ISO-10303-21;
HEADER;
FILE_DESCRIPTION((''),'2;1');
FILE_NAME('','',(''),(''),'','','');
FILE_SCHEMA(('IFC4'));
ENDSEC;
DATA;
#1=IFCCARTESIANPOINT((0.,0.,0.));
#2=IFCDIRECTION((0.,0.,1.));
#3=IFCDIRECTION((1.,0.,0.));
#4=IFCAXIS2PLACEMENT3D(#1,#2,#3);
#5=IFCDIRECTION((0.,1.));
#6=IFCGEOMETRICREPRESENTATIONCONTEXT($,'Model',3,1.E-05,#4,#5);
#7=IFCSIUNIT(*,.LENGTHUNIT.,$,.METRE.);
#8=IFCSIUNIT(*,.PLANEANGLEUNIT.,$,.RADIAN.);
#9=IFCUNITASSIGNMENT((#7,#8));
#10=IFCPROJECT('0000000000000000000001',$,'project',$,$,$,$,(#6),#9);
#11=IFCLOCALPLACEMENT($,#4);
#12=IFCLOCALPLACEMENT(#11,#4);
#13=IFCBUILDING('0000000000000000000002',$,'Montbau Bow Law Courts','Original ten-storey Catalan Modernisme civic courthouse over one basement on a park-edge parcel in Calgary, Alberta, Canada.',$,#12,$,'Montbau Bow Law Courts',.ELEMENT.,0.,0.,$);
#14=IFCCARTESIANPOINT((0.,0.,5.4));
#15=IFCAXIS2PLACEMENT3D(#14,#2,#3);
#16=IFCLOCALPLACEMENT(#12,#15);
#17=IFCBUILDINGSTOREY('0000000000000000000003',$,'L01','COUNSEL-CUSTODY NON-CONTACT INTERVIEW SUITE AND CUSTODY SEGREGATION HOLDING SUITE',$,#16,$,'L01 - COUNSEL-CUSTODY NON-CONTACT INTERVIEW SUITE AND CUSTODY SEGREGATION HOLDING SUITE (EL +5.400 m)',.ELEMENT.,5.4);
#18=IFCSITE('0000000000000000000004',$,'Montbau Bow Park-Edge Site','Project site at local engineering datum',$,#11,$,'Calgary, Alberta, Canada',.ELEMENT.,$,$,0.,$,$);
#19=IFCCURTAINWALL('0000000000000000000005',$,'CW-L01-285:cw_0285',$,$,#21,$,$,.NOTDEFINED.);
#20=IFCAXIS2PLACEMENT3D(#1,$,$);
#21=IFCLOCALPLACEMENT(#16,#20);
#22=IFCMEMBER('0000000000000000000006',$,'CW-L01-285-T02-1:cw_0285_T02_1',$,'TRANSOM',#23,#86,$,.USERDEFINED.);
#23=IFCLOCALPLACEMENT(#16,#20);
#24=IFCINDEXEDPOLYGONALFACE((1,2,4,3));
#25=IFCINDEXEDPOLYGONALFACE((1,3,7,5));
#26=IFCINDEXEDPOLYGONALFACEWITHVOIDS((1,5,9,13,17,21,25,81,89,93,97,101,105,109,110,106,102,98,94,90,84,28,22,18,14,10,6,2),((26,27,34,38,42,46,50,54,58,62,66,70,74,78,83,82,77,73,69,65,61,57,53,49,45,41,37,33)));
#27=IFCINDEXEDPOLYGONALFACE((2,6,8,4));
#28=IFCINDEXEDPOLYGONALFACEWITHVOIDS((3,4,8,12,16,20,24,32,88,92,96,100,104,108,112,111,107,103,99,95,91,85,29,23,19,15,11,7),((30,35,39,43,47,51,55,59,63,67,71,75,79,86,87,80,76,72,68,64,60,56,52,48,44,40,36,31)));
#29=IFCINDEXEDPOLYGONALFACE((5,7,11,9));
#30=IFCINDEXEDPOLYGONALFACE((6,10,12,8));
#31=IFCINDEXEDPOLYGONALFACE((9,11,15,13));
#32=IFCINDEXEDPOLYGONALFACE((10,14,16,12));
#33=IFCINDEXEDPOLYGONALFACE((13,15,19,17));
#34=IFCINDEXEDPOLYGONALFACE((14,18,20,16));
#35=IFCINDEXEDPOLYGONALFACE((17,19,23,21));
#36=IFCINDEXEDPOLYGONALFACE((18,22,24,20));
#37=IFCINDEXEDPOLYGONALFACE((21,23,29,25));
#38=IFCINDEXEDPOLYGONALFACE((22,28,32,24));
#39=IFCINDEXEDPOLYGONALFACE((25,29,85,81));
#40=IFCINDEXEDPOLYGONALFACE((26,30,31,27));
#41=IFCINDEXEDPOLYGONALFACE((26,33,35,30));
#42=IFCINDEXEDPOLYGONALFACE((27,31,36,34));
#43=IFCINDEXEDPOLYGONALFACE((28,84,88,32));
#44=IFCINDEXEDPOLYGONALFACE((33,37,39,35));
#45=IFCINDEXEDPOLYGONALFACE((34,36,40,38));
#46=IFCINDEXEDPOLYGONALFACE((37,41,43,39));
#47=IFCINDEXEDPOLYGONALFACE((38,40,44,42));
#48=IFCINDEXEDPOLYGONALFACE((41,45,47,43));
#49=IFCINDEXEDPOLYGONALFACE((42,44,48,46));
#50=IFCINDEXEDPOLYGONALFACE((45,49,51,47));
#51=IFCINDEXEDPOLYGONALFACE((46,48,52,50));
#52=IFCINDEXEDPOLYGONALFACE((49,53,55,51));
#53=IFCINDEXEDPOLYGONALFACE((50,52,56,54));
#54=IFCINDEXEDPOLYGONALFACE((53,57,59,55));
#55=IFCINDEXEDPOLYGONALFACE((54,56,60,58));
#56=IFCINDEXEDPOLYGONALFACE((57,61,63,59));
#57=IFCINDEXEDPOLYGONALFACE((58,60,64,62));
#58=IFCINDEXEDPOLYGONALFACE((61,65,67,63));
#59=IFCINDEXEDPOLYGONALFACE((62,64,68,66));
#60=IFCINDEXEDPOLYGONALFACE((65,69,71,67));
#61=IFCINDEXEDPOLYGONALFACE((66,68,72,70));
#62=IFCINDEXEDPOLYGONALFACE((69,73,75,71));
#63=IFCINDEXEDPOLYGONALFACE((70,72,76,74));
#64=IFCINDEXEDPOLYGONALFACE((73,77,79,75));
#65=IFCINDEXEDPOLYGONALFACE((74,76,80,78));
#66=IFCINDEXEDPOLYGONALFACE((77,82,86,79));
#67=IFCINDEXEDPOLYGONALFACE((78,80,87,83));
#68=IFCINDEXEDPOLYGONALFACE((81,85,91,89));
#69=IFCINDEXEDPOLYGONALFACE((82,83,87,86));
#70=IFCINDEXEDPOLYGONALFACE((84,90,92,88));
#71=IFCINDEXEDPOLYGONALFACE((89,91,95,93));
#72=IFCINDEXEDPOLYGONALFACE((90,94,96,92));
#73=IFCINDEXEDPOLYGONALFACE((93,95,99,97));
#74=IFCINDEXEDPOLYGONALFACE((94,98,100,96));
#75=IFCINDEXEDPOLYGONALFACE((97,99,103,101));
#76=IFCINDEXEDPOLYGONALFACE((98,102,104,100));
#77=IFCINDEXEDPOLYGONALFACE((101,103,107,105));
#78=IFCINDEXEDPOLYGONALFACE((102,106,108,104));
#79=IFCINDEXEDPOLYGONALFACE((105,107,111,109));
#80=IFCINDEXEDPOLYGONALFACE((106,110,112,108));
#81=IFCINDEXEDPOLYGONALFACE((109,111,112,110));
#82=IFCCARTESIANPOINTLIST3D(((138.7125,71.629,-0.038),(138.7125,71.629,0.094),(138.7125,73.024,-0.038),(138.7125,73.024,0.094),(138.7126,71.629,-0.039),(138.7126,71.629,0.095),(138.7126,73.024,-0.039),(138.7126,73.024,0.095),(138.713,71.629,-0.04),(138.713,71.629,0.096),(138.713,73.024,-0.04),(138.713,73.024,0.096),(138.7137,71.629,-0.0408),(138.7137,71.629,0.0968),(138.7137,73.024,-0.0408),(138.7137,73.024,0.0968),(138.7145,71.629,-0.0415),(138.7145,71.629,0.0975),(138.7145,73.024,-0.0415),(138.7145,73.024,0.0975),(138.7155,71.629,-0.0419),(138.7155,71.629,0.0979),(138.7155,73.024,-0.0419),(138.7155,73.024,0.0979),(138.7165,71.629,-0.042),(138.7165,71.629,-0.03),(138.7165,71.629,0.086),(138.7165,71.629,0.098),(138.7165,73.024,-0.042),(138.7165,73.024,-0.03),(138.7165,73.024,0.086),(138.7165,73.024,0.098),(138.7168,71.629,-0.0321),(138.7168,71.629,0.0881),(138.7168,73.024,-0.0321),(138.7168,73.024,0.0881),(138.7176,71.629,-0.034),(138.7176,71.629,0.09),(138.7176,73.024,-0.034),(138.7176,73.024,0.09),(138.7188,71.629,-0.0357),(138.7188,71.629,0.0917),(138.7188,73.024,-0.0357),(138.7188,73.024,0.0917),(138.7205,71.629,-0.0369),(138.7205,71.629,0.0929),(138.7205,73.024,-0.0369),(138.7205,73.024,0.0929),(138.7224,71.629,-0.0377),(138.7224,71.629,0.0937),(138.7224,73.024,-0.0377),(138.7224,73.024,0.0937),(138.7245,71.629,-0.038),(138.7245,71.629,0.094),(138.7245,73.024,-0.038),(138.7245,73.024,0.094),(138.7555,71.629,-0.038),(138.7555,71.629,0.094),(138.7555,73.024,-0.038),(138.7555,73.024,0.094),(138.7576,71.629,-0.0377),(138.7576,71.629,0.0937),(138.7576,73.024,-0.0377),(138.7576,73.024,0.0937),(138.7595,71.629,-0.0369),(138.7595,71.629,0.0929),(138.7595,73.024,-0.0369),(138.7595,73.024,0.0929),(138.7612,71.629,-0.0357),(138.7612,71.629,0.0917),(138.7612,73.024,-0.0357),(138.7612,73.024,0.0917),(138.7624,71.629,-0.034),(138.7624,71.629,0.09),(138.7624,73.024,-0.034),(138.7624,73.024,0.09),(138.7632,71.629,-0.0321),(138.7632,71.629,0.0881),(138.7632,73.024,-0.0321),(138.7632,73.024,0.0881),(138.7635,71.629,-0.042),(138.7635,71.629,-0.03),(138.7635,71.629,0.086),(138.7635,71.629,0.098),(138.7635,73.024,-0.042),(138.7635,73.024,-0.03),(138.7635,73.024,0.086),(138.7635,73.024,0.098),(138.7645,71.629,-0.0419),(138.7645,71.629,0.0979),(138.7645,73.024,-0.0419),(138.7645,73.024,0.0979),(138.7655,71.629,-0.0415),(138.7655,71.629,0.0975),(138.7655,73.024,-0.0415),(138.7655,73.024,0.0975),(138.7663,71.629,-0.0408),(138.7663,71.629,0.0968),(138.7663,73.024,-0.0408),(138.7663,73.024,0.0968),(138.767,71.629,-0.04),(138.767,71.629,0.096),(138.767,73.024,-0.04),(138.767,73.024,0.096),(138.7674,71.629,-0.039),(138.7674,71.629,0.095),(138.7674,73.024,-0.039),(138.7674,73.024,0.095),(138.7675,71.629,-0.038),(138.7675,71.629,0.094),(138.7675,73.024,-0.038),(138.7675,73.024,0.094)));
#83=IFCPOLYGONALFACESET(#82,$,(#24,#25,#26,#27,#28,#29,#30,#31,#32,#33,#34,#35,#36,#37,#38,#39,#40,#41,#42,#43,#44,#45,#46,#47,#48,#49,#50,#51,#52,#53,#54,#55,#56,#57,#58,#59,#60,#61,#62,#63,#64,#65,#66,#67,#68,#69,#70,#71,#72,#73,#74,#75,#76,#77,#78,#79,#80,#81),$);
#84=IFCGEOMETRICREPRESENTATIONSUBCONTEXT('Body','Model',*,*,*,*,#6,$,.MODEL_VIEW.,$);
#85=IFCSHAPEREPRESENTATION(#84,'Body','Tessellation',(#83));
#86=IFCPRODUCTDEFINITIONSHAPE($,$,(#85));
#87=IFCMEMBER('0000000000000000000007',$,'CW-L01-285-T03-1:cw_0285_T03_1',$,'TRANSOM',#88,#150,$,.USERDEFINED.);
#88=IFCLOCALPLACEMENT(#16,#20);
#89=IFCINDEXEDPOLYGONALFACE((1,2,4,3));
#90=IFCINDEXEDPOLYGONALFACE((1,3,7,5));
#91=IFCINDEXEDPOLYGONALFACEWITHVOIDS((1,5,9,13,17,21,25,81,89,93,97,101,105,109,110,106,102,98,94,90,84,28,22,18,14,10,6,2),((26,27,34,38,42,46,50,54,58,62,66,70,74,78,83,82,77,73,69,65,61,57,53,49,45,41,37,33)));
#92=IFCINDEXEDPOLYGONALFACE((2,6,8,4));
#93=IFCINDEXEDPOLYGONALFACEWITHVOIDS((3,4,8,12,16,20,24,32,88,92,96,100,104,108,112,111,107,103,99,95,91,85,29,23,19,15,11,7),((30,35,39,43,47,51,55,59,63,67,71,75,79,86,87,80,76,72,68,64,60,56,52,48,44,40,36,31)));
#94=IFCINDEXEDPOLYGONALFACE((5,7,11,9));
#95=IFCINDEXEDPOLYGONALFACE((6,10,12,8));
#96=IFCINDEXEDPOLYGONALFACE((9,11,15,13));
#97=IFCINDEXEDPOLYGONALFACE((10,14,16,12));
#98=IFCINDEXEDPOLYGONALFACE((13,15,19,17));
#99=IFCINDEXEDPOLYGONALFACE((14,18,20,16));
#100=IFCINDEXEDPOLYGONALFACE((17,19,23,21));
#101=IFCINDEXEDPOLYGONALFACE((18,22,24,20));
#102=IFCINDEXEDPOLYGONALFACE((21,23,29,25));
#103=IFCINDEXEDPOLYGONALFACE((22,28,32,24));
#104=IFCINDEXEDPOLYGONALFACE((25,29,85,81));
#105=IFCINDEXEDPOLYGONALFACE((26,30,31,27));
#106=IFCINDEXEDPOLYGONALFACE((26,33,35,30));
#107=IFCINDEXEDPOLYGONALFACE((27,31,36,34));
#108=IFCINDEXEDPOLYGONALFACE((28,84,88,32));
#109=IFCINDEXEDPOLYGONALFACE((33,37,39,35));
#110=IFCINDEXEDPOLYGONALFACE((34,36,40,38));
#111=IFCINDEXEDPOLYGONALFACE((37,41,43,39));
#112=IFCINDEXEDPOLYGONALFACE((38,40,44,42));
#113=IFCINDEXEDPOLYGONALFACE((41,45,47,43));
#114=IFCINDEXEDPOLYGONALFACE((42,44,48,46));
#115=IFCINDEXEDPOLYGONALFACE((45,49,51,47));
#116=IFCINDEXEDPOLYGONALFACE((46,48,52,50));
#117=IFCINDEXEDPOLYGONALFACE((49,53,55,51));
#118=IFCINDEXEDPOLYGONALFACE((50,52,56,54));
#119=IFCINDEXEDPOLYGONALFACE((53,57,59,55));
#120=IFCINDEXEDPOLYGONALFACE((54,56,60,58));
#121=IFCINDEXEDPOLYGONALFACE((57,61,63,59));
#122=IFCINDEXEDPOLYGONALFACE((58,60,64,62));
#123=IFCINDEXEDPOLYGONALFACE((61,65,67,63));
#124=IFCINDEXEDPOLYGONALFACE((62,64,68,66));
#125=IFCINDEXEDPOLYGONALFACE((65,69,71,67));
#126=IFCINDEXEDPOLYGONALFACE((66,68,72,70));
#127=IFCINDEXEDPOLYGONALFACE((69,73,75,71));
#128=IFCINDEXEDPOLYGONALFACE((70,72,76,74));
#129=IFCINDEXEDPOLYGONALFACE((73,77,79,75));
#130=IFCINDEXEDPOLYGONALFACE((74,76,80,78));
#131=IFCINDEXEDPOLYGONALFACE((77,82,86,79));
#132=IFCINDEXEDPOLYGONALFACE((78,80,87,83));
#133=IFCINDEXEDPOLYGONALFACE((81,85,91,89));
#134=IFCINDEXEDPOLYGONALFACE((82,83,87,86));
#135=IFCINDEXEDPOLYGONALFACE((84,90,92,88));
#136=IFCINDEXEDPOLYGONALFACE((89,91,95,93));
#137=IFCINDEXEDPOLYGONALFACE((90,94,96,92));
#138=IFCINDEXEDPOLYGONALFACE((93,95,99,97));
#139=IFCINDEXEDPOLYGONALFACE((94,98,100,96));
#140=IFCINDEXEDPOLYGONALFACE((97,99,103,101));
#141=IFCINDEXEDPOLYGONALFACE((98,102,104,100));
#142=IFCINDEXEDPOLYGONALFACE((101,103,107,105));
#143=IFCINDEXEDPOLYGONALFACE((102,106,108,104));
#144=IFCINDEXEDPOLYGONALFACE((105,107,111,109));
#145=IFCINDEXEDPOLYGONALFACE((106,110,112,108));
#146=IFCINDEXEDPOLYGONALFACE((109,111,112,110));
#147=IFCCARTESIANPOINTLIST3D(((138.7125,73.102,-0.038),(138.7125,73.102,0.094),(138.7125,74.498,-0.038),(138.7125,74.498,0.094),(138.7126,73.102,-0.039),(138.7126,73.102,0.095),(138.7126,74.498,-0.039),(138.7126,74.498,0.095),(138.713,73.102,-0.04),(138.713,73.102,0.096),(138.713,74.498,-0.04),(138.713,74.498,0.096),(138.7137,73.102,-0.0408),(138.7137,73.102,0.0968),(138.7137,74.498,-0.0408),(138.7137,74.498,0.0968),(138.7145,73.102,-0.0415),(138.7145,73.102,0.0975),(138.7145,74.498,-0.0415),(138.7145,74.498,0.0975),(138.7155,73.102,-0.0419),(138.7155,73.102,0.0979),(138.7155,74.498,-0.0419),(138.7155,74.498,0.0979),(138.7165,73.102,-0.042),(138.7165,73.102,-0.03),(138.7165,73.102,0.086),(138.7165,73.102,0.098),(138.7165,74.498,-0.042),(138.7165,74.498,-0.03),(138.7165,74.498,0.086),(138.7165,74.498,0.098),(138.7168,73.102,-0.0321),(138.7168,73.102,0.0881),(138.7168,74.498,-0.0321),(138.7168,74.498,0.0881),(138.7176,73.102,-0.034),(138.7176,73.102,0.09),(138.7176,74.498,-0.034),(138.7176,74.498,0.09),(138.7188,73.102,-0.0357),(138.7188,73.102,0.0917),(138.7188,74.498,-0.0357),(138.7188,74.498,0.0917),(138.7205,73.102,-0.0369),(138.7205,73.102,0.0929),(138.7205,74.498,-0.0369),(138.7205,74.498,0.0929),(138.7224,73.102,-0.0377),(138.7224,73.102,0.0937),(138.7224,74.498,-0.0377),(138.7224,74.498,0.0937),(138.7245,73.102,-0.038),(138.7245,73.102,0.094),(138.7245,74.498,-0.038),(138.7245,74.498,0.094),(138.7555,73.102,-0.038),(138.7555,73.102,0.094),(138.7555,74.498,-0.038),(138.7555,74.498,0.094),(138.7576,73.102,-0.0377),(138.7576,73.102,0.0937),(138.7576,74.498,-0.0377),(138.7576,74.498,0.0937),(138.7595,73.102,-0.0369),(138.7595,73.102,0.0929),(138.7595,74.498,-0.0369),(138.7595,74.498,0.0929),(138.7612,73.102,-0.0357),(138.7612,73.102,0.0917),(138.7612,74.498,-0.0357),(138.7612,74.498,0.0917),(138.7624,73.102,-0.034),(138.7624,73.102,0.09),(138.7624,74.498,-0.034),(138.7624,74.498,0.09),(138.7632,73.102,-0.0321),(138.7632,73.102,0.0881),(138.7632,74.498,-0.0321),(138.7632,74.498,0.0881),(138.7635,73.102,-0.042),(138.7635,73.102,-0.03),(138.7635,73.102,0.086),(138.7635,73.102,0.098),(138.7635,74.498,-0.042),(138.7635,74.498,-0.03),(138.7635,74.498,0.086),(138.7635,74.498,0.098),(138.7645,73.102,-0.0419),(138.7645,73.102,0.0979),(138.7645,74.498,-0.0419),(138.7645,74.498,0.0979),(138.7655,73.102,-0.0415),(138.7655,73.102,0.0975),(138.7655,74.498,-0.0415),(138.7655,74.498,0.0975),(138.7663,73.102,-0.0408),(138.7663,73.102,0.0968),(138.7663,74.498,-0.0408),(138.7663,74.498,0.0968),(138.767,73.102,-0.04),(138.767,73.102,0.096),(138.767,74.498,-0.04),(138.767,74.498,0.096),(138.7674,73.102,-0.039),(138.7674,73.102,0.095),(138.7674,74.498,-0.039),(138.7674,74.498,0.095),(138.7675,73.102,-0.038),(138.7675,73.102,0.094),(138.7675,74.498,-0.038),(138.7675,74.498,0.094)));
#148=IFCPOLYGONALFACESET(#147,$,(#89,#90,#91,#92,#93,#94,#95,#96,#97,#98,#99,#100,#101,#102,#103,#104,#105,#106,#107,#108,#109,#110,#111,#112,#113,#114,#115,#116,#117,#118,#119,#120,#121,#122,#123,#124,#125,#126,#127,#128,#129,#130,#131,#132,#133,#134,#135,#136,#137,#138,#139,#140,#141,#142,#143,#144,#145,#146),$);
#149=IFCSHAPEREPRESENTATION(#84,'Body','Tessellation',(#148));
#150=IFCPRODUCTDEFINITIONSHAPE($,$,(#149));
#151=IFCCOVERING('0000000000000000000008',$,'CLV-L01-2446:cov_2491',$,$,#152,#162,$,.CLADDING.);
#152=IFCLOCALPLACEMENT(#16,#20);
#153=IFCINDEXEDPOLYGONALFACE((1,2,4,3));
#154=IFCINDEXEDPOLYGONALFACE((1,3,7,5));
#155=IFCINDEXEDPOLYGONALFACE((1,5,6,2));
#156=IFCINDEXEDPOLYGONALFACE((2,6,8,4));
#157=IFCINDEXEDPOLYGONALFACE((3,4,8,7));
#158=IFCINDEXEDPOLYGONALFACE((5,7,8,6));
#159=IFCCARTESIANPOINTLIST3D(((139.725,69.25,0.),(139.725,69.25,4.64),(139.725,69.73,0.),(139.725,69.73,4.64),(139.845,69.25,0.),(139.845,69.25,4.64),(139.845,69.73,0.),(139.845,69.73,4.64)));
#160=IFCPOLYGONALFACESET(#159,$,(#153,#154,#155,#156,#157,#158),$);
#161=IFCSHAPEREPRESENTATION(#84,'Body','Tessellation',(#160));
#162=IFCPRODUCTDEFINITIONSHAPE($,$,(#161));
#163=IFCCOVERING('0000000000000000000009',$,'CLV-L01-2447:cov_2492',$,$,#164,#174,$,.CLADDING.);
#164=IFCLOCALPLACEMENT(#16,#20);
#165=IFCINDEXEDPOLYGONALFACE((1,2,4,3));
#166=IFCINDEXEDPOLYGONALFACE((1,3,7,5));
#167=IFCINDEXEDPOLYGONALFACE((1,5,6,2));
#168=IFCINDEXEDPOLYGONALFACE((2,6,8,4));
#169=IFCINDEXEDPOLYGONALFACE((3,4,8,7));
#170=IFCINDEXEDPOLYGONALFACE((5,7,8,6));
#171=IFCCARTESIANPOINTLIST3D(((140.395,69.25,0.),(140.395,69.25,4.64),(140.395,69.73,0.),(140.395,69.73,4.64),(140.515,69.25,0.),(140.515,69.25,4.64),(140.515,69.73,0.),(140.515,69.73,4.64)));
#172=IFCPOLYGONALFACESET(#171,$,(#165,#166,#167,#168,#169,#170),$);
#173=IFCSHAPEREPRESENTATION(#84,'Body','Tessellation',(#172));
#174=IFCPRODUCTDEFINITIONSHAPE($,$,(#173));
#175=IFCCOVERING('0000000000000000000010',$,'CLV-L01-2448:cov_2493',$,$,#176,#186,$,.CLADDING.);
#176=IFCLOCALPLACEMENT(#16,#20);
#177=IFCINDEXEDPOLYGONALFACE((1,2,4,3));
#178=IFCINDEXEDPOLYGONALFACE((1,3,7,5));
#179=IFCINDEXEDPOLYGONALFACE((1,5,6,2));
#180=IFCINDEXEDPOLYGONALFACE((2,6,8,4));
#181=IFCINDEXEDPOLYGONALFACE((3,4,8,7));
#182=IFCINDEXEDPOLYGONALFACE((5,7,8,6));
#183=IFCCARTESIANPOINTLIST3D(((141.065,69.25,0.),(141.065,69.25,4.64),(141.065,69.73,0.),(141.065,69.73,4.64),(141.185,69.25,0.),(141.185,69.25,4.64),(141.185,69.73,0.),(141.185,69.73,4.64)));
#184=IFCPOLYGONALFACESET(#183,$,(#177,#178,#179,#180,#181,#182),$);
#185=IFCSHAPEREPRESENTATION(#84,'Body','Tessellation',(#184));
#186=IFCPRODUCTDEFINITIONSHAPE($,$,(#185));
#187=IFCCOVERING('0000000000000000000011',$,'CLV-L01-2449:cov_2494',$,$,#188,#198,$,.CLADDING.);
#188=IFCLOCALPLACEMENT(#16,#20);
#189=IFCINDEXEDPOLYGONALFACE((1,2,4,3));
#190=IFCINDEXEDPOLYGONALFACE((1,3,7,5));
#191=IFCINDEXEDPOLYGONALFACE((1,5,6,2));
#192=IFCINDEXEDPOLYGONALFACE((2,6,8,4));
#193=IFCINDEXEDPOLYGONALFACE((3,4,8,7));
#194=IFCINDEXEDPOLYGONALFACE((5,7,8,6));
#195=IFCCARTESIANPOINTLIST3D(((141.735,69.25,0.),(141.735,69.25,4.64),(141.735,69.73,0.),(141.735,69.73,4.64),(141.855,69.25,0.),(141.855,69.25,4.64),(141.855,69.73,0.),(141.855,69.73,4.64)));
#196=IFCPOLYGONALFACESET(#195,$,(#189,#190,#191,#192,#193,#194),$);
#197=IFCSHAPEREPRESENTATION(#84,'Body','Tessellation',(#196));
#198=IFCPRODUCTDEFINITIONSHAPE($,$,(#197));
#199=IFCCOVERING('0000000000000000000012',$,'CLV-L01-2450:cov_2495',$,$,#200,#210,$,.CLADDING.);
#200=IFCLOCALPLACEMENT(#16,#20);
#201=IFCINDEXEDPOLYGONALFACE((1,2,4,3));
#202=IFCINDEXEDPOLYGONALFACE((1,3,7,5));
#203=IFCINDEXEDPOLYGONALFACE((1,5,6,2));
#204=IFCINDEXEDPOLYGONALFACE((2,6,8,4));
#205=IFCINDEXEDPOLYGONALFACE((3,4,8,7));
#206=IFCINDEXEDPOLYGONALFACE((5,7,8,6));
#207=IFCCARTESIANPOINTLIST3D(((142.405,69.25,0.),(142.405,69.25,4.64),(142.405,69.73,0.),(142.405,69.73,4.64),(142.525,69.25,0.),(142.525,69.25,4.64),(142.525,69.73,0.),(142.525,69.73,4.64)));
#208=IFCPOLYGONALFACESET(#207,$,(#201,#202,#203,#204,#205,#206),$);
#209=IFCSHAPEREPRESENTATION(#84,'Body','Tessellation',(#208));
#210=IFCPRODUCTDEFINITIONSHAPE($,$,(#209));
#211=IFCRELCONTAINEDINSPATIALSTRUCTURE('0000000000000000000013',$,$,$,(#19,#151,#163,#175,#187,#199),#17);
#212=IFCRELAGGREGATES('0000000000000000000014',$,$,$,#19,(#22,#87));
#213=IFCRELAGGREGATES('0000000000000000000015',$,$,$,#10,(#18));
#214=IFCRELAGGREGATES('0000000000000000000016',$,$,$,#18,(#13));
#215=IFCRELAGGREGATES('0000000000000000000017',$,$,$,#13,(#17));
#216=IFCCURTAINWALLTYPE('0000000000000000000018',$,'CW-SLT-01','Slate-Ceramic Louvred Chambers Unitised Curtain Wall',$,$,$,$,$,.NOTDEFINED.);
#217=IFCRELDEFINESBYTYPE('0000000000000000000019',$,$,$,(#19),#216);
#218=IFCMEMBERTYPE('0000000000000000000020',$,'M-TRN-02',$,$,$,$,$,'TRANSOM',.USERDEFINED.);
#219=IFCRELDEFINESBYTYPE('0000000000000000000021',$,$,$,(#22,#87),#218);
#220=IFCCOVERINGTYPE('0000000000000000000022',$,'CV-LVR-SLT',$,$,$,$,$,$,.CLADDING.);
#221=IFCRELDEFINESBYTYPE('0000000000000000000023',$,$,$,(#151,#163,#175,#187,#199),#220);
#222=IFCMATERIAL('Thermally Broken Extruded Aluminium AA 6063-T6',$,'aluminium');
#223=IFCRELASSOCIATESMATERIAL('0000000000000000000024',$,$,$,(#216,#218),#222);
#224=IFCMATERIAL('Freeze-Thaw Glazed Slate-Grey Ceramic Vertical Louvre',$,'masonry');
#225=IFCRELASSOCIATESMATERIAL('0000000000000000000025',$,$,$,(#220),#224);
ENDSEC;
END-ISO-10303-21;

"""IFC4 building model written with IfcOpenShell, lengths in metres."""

from ifc_helpers import new_model, si_unit, direction, frame, frame_2d, origin_with_axes, origin_2d_with_axis, place, context, subcontext, project, spatial, rectangle, hollow_rectangle, extrude, material, material_profile, profile_set, type_object, element, aggregate, save


model = new_model("IFC4")

# Units and contexts
model_context = context("Model", 3, precision=1e-05, world=origin_with_axes(), true_north=direction((0.0, 1.0)))
body_context = subcontext(model_context, "Body", "Model", "MODEL_VIEW")
ifc_project = project(units=[si_unit("LENGTHUNIT", "METRE"), si_unit("PLANEANGLEUNIT", "RADIAN")], contexts=[model_context])

# Site, building, storey
site_placement = place(None, origin_with_axes())
site = spatial("IfcSite", under=ifc_project, at=site_placement, Name="Montbau Bow Park-Edge Site", Description="Project site at local engineering datum", LongName="Calgary, Alberta, Canada", CompositionType="ELEMENT", RefElevation=0.0)
building_placement = place(site_placement, origin_with_axes())
building = spatial("IfcBuilding", under=site, at=building_placement, Name="Montbau Bow Law Courts", Description="Original ten-storey Catalan Modernisme civic courthouse over one basement on a park-edge parcel in Calgary, Alberta, Canada.", LongName="Montbau Bow Law Courts", CompositionType="ELEMENT", ElevationOfRefHeight=0.0, ElevationOfTerrain=0.0)
storey_placement = place(building_placement, frame((0.0, 0.0, 5.4), z_axis=(0.0, 0.0, 1.0), x_axis=(1.0, 0.0, 0.0)))
storey = spatial("IfcBuildingStorey", under=building, at=storey_placement, Name="L01", Description="COUNSEL-CUSTODY NON-CONTACT INTERVIEW SUITE AND CUSTODY SEGREGATION HOLDING SUITE", LongName="L01 - COUNSEL-CUSTODY NON-CONTACT INTERVIEW SUITE AND CUSTODY SEGREGATION HOLDING SUITE (EL +5.400 m)", CompositionType="ELEMENT", Elevation=5.4)

# Curtain wall
ifc_material_1 = material(Name="Thermally Broken Extruded Aluminium AA 6063-T6", Category="aluminium")
curtain_wall_type = type_object("IfcCurtainWallType", Name="CW-SLT-01", Description="Slate-Ceramic Louvred Chambers Unitised Curtain Wall", PredefinedType="NOTDEFINED", material=ifc_material_1)
curtain_wall_1_placement = place(None, frame((138.74, 70.115, 5.4), z_axis=(0.0, 0.0, 1.0), x_axis=(1.0, 0.0, 0.0)))
curtain_wall_1 = element("IfcCurtainWall", 1, at=curtain_wall_1_placement, inside=storey, type_object=curtain_wall_type, Name="CW-L01-285:cw_0285", PredefinedType="NOTDEFINED")
ifc_material_profile_1 = material_profile(ifc_material_1, hollow_rectangle(XDim=0.055, YDim=0.14, WallThickness=0.004, InnerFilletRadius=0.008, OuterFilletRadius=0.004, at=origin_2d_with_axis()), Name="CWT-140X55", Category="Main", Priority=0)
ifc_profile_set_1 = profile_set([ifc_material_profile_1], Name="Thermally Broken Extruded Aluminium AA 6063-T6")
member_type_1 = type_object("IfcMemberType", Name="M-TRN-02", ElementType="TRANSOM", PredefinedType="USERDEFINED", material=ifc_profile_set_1)

# Members
member_1_placement = place(None, frame((138.74, 71.629, 5.428), z_axis=(0.0, 1.0, 0.0), x_axis=(-1.0, 0.0, 0.0)))
member_1 = element("IfcMember", 2, at=member_1_placement, type_object=member_type_1, Name="CW-L01-285-T02-1:cw_0285_T02_1", ObjectType="TRANSOM", PredefinedType="USERDEFINED", context=body_context, shape_type="SweptSolid", body=[
    extrude(hollow_rectangle(XDim=0.055, YDim=0.14, WallThickness=0.004, InnerFilletRadius=0.008, OuterFilletRadius=0.004, at=origin_2d_with_axis()), origin_with_axes(), (0.0, 0.0, 1.0), 1.395),
])
member_2_placement = place(None, frame((138.74, 73.102, 5.428), z_axis=(0.0, 1.0, 0.0), x_axis=(-1.0, 0.0, 0.0)))
member_2 = element("IfcMember", 3, at=member_2_placement, type_object=member_type_1, Name="CW-L01-285-T03-1:cw_0285_T03_1", ObjectType="TRANSOM", PredefinedType="USERDEFINED", context=body_context, shape_type="SweptSolid", body=[
    extrude(hollow_rectangle(XDim=0.055, YDim=0.14, WallThickness=0.004, InnerFilletRadius=0.008, OuterFilletRadius=0.004, at=origin_2d_with_axis()), origin_with_axes(), (0.0, 0.0, 1.0), 1.396),
])
aggregate(curtain_wall_1, [member_1, member_2])

# Coverings
ifc_material_2 = material(Name="Freeze-Thaw Glazed Slate-Grey Ceramic Vertical Louvre", Category="masonry")
covering_type = type_object("IfcCoveringType", Name="CV-LVR-SLT", PredefinedType="CLADDING", material=ifc_material_2)
for number, where, z_axis, x_axis, name in (
    (4, (139.785, 69.73, 5.4), (-1.0, 0.0, 0.0), (0.0, -1.0, 0.0), "CLV-L01-2446:cov_2491"),
    (5, (140.455, 69.73, 5.4), (-1.0, 0.0, 0.0), (0.0, -1.0, 0.0), "CLV-L01-2447:cov_2492"),
    (6, (141.125, 69.73, 5.4), (-1.0, 0.0, 0.0), (0.0, -1.0, 0.0), "CLV-L01-2448:cov_2493"),
    (7, (141.795, 69.73, 5.4), (-1.0, 0.0, 0.0), (0.0, -1.0, 0.0), "CLV-L01-2449:cov_2494"),
    (8, (142.465, 69.73, 5.4), (-1.0, 0.0, 0.0), (0.0, -1.0, 0.0), "CLV-L01-2450:cov_2495"),
):
    element("IfcCovering", number, at=place(None, frame(where, z_axis=z_axis, x_axis=x_axis)), inside=storey, type_object=covering_type, Name=name, PredefinedType="CLADDING", context=body_context, shape_type="SweptSolid", body=[
        extrude(rectangle(XDim=0.48, YDim=4.64, at=frame_2d((0.24, 2.32), x_axis=(1.0, 0.0))), frame((0.0, 0.0, -0.06), z_axis=(0.0, 0.0, 1.0), x_axis=(1.0, 0.0, 0.0)), (0.0, 0.0, 1.0), 0.12),
    ])

save(model, "model.ifc")
